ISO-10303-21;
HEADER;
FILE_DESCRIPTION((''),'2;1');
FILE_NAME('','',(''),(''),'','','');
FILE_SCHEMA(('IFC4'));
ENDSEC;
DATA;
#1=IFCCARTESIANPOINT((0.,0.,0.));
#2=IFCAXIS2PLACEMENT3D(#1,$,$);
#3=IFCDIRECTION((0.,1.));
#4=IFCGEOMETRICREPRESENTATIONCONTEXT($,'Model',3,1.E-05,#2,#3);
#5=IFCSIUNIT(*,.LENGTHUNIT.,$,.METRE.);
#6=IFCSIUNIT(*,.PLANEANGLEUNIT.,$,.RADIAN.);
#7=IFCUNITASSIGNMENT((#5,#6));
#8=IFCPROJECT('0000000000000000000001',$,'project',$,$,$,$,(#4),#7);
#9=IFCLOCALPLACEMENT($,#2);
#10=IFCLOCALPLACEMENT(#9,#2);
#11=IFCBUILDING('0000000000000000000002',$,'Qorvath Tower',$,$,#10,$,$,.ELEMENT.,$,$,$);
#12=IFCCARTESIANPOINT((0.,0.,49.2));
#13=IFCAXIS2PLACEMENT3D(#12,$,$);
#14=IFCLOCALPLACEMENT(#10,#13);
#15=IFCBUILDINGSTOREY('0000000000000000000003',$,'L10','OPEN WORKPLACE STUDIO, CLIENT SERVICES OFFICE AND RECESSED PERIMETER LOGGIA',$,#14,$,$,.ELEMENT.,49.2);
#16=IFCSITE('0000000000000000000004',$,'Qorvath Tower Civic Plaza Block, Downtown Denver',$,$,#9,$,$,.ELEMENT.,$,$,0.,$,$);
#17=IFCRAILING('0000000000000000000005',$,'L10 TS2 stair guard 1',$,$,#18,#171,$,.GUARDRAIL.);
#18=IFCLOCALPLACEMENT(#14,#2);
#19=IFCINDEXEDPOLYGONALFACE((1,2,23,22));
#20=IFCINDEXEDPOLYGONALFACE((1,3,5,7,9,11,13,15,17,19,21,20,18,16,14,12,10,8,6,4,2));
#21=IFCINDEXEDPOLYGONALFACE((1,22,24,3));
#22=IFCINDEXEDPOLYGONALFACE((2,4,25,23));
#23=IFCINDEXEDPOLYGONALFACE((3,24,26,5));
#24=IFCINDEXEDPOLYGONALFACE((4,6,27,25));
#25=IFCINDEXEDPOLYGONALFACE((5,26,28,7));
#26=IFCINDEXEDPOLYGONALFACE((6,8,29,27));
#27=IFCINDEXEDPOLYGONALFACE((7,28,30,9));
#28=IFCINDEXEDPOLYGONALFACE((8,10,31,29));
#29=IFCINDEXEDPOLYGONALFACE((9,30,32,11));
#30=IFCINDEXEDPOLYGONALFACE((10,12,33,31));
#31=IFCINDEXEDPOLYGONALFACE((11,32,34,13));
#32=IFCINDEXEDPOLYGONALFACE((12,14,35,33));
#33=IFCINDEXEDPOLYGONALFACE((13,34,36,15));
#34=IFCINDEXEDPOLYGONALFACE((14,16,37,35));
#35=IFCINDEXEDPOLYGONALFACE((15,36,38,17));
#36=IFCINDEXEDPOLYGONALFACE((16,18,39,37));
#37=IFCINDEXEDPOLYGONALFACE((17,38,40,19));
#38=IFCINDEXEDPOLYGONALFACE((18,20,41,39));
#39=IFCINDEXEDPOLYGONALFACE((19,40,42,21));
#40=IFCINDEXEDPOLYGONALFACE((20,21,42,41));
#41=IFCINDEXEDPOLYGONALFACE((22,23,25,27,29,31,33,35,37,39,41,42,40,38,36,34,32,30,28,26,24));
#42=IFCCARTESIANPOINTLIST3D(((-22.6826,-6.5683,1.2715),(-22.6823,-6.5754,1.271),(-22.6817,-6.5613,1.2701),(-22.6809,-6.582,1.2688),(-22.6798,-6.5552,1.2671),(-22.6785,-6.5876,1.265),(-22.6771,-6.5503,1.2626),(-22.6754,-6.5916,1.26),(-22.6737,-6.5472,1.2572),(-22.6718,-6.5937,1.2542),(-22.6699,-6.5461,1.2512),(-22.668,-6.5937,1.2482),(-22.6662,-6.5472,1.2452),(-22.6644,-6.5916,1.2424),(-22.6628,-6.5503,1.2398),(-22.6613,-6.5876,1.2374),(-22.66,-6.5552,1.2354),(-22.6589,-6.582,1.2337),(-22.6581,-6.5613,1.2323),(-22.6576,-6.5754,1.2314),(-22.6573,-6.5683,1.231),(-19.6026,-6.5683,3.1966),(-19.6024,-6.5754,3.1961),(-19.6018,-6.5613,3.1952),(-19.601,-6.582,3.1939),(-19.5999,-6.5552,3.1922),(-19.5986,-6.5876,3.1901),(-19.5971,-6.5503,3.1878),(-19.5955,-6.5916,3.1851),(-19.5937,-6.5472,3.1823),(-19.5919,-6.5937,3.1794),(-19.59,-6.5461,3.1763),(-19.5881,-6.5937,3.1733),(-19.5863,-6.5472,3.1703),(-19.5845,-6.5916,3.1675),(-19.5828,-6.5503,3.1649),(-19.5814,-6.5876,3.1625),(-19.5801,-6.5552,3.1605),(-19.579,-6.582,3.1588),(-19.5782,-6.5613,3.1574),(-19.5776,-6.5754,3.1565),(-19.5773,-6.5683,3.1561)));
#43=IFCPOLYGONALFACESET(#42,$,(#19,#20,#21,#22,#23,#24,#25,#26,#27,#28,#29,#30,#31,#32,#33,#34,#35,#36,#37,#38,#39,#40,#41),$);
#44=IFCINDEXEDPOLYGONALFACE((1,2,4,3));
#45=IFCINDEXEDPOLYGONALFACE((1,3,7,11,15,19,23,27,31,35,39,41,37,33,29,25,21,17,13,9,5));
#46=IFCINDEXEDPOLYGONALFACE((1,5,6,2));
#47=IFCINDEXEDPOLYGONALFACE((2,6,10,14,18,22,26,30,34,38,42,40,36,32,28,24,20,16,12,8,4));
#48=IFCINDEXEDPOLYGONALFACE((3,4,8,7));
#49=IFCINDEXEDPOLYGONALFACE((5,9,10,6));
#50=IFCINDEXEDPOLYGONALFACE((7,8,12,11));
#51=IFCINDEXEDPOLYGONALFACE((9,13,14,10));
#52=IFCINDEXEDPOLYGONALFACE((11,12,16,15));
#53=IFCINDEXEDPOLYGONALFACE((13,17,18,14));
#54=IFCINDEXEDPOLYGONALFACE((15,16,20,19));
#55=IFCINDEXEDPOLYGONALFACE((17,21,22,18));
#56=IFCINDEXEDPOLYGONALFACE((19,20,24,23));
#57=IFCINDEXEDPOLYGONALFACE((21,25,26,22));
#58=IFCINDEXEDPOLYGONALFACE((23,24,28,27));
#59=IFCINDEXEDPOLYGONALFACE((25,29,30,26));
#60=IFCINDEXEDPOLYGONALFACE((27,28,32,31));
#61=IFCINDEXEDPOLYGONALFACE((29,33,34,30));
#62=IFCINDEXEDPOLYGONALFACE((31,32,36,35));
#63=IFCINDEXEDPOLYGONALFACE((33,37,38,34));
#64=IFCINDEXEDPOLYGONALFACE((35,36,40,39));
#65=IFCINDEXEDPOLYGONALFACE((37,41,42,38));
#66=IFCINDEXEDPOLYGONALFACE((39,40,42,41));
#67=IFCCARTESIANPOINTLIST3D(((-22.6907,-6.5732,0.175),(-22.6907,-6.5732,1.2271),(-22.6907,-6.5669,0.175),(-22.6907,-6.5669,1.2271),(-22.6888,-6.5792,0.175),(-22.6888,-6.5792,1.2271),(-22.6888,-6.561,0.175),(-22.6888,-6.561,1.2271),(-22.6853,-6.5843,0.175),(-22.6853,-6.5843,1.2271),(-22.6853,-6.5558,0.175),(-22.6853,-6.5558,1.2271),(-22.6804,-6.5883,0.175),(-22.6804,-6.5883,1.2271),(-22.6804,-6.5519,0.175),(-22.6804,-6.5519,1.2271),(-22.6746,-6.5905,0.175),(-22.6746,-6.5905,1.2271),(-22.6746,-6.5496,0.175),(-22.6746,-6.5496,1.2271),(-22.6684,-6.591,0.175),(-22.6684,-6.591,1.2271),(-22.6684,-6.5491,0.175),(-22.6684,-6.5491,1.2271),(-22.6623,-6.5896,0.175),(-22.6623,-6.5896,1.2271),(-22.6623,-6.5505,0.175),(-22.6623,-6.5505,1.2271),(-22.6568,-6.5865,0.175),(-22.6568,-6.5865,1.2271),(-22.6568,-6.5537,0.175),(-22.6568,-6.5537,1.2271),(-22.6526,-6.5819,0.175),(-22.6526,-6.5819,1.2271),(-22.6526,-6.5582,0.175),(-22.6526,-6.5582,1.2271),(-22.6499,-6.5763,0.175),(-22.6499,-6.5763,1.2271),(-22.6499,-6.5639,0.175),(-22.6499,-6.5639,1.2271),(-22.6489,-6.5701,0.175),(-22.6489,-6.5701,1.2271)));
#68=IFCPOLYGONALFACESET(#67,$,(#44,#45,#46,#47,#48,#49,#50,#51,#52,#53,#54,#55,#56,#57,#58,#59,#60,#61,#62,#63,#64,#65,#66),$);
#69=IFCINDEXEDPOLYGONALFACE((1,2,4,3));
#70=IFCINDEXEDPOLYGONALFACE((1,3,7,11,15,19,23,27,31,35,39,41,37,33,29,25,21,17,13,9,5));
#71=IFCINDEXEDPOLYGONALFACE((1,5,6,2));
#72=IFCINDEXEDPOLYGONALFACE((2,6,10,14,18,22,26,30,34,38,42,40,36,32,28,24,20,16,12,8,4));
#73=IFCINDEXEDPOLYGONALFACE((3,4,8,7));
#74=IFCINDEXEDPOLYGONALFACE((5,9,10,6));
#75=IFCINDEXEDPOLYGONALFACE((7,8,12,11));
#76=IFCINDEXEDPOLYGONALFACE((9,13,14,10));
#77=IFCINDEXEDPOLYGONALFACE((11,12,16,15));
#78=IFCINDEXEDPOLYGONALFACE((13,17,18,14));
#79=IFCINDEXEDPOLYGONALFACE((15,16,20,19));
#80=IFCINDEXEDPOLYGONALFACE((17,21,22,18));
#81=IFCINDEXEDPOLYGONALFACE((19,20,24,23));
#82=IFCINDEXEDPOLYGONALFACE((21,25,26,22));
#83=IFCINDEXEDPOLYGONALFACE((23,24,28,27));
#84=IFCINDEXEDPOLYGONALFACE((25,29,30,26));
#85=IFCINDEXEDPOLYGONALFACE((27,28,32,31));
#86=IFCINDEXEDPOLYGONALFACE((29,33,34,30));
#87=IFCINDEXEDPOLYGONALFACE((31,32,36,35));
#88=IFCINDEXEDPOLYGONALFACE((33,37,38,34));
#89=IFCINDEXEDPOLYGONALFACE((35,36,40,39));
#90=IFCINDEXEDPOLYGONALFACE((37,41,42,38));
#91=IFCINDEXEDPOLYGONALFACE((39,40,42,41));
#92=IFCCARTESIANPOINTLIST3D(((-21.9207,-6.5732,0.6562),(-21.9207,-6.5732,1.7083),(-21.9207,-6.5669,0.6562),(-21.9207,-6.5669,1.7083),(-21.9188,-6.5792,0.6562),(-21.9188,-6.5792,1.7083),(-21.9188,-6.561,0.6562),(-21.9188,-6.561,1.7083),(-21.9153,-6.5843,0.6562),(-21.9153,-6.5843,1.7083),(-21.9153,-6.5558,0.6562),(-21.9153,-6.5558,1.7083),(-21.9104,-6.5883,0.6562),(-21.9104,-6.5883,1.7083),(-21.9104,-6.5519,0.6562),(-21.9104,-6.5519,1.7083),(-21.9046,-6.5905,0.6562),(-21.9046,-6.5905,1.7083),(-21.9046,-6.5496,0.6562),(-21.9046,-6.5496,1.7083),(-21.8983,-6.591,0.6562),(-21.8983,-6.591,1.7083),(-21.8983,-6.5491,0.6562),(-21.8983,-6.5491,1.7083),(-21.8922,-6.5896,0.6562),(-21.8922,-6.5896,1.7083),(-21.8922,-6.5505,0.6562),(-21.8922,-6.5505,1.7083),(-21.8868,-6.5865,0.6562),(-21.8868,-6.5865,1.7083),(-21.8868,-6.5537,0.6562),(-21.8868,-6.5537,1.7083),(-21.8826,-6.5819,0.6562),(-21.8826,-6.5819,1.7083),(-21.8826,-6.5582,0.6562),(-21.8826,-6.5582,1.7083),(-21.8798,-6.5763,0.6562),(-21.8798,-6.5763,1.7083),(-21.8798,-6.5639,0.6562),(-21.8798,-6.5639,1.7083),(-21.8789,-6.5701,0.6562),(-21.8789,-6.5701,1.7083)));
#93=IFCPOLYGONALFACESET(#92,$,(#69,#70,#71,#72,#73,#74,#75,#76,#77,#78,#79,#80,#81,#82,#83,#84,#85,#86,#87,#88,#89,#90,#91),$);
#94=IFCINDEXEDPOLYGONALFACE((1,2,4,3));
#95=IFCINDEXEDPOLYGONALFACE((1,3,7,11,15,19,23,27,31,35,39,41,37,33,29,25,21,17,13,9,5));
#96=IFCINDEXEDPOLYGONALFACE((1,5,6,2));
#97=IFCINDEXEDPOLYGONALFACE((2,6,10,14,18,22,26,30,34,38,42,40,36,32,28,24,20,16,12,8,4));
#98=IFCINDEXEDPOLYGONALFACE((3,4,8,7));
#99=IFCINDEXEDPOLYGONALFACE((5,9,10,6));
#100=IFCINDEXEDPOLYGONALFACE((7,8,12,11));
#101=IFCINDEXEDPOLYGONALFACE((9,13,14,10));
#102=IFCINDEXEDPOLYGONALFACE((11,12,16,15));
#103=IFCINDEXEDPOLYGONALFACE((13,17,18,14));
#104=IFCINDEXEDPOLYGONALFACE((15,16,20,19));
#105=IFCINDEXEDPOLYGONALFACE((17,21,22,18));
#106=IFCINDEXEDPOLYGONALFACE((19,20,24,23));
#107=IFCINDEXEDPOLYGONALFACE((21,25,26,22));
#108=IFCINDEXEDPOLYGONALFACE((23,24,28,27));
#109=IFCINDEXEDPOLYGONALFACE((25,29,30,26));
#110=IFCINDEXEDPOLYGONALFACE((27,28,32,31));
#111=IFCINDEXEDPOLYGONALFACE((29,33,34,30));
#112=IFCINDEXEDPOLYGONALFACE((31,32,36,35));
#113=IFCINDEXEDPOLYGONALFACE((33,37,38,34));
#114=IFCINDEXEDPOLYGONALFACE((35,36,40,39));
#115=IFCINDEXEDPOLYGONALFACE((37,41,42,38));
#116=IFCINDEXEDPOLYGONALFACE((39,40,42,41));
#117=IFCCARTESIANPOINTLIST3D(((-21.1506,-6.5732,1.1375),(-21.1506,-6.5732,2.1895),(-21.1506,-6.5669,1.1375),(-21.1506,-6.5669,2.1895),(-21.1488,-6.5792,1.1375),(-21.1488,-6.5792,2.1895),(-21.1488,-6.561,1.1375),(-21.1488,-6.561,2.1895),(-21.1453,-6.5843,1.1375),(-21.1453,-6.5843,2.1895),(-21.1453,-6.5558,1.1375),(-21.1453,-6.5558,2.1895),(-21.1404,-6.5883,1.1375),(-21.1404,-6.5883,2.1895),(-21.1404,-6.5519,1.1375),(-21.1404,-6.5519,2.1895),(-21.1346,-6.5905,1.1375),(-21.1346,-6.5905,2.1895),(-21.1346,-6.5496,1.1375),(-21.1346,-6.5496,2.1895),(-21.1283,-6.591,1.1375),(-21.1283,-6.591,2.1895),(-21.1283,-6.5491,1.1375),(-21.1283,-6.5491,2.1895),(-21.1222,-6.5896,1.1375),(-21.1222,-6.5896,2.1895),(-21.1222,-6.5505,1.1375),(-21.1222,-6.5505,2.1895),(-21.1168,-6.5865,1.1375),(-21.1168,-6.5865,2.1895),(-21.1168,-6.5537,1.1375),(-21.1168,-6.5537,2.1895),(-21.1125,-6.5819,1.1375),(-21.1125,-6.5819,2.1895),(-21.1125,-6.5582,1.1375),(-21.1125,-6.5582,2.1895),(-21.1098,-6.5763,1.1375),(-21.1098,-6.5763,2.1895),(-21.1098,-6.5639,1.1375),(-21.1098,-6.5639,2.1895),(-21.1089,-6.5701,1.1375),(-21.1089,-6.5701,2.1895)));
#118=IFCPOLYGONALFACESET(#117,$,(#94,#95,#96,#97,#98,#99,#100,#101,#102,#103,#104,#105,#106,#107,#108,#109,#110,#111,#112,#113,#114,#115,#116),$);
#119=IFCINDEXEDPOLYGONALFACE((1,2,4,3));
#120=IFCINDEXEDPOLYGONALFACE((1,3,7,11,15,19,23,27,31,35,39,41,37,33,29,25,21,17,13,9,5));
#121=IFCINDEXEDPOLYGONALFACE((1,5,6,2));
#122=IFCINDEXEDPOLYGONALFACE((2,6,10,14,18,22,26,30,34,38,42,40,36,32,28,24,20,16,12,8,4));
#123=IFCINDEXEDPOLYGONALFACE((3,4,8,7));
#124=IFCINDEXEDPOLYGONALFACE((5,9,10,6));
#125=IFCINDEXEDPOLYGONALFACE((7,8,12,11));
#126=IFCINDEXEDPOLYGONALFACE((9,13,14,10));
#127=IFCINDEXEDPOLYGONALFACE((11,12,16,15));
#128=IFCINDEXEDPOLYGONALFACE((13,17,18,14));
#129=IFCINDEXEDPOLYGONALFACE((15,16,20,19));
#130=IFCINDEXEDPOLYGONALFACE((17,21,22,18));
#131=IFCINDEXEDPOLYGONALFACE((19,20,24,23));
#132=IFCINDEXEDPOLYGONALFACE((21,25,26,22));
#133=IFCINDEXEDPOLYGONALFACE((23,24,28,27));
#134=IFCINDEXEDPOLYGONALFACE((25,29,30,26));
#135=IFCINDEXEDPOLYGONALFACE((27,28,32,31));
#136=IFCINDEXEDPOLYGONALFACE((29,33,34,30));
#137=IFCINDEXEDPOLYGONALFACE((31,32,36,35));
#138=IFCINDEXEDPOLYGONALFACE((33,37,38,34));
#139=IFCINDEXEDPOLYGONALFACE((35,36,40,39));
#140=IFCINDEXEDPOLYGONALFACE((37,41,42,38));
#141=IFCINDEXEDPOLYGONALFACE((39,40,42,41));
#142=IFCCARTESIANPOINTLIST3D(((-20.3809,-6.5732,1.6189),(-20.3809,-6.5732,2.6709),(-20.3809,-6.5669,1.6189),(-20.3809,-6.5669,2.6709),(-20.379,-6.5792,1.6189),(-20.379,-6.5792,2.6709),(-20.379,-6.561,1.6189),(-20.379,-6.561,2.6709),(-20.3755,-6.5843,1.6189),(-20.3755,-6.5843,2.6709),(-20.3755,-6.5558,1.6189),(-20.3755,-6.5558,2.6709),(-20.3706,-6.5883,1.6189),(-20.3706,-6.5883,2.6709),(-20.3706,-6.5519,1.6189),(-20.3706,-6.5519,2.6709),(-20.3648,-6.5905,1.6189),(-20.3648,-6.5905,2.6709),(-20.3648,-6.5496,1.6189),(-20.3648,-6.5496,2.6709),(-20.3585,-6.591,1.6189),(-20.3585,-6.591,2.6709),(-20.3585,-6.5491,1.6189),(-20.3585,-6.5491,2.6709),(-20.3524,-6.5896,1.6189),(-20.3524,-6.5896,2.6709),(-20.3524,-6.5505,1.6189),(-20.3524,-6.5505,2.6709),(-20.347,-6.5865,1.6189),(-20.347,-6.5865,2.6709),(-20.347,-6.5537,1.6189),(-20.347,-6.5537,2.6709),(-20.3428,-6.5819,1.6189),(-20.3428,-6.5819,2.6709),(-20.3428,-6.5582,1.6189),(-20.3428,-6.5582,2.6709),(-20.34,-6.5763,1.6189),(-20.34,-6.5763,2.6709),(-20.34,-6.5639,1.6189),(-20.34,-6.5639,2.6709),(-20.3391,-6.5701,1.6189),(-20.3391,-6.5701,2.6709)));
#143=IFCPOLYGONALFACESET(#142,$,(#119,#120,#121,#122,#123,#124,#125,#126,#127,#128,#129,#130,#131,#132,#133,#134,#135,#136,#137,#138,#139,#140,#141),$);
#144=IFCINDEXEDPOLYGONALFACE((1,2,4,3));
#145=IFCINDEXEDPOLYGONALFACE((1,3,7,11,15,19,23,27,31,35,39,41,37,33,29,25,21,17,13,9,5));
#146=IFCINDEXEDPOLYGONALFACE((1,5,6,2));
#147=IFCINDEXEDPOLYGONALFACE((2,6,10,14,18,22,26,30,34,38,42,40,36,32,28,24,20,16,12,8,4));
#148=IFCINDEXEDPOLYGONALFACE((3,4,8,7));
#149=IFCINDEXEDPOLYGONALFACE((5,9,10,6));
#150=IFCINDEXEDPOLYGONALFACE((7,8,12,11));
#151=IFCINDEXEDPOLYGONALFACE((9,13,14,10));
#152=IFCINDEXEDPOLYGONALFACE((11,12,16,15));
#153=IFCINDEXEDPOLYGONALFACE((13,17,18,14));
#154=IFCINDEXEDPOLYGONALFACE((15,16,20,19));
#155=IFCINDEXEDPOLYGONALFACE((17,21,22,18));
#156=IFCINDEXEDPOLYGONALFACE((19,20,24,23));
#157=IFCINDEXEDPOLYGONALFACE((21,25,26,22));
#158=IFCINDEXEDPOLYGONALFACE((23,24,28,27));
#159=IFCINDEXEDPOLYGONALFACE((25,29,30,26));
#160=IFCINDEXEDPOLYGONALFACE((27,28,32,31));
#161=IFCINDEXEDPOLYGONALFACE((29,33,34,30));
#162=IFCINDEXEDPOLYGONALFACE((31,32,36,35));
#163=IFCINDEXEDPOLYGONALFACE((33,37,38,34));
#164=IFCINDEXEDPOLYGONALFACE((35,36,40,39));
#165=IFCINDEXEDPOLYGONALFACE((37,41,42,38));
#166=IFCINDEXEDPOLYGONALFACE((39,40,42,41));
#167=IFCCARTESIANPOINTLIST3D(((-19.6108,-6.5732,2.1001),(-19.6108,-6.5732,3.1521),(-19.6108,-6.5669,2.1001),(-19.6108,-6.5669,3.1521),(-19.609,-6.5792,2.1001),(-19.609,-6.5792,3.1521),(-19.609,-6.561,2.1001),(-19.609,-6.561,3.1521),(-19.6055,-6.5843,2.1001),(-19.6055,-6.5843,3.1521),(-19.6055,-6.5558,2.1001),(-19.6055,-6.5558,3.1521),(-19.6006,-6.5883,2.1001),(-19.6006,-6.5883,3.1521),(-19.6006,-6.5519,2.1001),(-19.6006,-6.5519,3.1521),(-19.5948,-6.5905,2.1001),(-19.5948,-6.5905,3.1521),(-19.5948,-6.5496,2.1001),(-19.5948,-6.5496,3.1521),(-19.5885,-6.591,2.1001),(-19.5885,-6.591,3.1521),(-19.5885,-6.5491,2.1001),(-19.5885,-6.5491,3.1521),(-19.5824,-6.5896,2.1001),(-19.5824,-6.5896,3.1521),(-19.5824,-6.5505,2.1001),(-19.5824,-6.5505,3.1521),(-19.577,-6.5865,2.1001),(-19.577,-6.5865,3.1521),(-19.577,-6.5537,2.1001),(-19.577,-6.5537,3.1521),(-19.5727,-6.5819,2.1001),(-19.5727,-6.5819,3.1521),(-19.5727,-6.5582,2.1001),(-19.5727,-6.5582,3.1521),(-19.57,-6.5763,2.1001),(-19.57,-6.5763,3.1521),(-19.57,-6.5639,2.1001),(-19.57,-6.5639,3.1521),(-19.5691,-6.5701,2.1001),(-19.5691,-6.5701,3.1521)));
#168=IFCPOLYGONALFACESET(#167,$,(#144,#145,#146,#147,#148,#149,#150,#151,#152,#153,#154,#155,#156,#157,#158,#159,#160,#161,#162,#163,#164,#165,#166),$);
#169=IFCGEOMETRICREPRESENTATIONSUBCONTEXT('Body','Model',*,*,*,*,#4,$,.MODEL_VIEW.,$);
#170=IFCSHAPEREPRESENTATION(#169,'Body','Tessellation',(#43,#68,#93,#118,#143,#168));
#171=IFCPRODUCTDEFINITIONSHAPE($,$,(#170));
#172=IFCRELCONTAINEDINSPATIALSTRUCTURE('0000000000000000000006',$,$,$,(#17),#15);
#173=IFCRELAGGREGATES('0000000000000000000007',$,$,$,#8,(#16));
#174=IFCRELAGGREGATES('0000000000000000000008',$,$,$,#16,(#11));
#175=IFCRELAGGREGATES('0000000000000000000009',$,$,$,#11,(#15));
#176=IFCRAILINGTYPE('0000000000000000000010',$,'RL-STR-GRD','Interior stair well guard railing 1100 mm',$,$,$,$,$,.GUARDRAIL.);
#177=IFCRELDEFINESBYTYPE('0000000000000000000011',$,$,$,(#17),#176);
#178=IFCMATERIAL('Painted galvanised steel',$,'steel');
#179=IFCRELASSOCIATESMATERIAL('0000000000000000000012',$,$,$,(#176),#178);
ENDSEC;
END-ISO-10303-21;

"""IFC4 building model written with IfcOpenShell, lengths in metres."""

from ifc_helpers import new_model, si_unit, direction, frame, origin, origin_2d, place, context, subcontext, project, spatial, circle, extrude, material, type_object, element, save


model = new_model("IFC4")

# Units and contexts
model_context = context("Model", 3, precision=1e-05, world=origin(), true_north=direction((0.0, 1.0)))
body_context = subcontext(model_context, "Body", "Model", "MODEL_VIEW")
ifc_project = project(units=[si_unit("LENGTHUNIT", "METRE"), si_unit("PLANEANGLEUNIT", "RADIAN")], contexts=[model_context])

# Site, building, storey
site_placement = place(None, origin())
site = spatial("IfcSite", under=ifc_project, at=site_placement, Name="Qorvath Tower Civic Plaza Block, Downtown Denver", CompositionType="ELEMENT", RefElevation=0.0)
building_placement = place(site_placement, origin())
building = spatial("IfcBuilding", under=site, at=building_placement, Name="Qorvath Tower", CompositionType="ELEMENT")
storey_placement = place(building_placement, frame((0.0, 0.0, 49.2)))
storey = spatial("IfcBuildingStorey", under=building, at=storey_placement, Name="L10", Description="OPEN WORKPLACE STUDIO, CLIENT SERVICES OFFICE AND RECESSED PERIMETER LOGGIA", CompositionType="ELEMENT", Elevation=49.2)

# Railing
ifc_material_1 = material(Name="Painted galvanised steel", Category="steel")
railing_type_1 = type_object("IfcRailingType", Name="RL-STR-GRD", Description="Interior stair well guard railing 1100 mm", PredefinedType="GUARDRAIL", material=ifc_material_1)
railing_1_placement = place(storey_placement, frame((-22.6699, -6.5701, 0.175)))
element("IfcRailing", 1, at=railing_1_placement, inside=storey, type_object=railing_type_1, Name="L10 TS2 stair guard 1", PredefinedType="GUARDRAIL", context=body_context, shape_type="SweptSolid", body=[
    extrude(circle(Radius=0.0239, at=origin_2d()), frame((0.0, 0.0, 1.0762), z_axis=(0.847979, 0.0, 0.530029), x_axis=(0.0, 1.0, 0.0)), (0.0, 0.0, 1.0), 3.6321),
    extrude(circle(Radius=0.021, at=origin_2d()), origin(), (0.0, 0.0, 1.0), 1.052),
    extrude(circle(Radius=0.021, at=origin_2d()), frame((0.77, 0.0, 0.4812)), (0.0, 0.0, 1.0), 1.052),
    extrude(circle(Radius=0.021, at=origin_2d()), frame((1.54, 0.0, 0.9624)), (0.0, 0.0, 1.0), 1.052),
    extrude(circle(Radius=0.021, at=origin_2d()), frame((2.3098, 0.0, 1.4438)), (0.0, 0.0, 1.0), 1.052),
    extrude(circle(Radius=0.021, at=origin_2d()), frame((3.0798, 0.0, 1.925)), (0.0, 0.0, 1.0), 1.052),
])

save(model, "model.ifc")
